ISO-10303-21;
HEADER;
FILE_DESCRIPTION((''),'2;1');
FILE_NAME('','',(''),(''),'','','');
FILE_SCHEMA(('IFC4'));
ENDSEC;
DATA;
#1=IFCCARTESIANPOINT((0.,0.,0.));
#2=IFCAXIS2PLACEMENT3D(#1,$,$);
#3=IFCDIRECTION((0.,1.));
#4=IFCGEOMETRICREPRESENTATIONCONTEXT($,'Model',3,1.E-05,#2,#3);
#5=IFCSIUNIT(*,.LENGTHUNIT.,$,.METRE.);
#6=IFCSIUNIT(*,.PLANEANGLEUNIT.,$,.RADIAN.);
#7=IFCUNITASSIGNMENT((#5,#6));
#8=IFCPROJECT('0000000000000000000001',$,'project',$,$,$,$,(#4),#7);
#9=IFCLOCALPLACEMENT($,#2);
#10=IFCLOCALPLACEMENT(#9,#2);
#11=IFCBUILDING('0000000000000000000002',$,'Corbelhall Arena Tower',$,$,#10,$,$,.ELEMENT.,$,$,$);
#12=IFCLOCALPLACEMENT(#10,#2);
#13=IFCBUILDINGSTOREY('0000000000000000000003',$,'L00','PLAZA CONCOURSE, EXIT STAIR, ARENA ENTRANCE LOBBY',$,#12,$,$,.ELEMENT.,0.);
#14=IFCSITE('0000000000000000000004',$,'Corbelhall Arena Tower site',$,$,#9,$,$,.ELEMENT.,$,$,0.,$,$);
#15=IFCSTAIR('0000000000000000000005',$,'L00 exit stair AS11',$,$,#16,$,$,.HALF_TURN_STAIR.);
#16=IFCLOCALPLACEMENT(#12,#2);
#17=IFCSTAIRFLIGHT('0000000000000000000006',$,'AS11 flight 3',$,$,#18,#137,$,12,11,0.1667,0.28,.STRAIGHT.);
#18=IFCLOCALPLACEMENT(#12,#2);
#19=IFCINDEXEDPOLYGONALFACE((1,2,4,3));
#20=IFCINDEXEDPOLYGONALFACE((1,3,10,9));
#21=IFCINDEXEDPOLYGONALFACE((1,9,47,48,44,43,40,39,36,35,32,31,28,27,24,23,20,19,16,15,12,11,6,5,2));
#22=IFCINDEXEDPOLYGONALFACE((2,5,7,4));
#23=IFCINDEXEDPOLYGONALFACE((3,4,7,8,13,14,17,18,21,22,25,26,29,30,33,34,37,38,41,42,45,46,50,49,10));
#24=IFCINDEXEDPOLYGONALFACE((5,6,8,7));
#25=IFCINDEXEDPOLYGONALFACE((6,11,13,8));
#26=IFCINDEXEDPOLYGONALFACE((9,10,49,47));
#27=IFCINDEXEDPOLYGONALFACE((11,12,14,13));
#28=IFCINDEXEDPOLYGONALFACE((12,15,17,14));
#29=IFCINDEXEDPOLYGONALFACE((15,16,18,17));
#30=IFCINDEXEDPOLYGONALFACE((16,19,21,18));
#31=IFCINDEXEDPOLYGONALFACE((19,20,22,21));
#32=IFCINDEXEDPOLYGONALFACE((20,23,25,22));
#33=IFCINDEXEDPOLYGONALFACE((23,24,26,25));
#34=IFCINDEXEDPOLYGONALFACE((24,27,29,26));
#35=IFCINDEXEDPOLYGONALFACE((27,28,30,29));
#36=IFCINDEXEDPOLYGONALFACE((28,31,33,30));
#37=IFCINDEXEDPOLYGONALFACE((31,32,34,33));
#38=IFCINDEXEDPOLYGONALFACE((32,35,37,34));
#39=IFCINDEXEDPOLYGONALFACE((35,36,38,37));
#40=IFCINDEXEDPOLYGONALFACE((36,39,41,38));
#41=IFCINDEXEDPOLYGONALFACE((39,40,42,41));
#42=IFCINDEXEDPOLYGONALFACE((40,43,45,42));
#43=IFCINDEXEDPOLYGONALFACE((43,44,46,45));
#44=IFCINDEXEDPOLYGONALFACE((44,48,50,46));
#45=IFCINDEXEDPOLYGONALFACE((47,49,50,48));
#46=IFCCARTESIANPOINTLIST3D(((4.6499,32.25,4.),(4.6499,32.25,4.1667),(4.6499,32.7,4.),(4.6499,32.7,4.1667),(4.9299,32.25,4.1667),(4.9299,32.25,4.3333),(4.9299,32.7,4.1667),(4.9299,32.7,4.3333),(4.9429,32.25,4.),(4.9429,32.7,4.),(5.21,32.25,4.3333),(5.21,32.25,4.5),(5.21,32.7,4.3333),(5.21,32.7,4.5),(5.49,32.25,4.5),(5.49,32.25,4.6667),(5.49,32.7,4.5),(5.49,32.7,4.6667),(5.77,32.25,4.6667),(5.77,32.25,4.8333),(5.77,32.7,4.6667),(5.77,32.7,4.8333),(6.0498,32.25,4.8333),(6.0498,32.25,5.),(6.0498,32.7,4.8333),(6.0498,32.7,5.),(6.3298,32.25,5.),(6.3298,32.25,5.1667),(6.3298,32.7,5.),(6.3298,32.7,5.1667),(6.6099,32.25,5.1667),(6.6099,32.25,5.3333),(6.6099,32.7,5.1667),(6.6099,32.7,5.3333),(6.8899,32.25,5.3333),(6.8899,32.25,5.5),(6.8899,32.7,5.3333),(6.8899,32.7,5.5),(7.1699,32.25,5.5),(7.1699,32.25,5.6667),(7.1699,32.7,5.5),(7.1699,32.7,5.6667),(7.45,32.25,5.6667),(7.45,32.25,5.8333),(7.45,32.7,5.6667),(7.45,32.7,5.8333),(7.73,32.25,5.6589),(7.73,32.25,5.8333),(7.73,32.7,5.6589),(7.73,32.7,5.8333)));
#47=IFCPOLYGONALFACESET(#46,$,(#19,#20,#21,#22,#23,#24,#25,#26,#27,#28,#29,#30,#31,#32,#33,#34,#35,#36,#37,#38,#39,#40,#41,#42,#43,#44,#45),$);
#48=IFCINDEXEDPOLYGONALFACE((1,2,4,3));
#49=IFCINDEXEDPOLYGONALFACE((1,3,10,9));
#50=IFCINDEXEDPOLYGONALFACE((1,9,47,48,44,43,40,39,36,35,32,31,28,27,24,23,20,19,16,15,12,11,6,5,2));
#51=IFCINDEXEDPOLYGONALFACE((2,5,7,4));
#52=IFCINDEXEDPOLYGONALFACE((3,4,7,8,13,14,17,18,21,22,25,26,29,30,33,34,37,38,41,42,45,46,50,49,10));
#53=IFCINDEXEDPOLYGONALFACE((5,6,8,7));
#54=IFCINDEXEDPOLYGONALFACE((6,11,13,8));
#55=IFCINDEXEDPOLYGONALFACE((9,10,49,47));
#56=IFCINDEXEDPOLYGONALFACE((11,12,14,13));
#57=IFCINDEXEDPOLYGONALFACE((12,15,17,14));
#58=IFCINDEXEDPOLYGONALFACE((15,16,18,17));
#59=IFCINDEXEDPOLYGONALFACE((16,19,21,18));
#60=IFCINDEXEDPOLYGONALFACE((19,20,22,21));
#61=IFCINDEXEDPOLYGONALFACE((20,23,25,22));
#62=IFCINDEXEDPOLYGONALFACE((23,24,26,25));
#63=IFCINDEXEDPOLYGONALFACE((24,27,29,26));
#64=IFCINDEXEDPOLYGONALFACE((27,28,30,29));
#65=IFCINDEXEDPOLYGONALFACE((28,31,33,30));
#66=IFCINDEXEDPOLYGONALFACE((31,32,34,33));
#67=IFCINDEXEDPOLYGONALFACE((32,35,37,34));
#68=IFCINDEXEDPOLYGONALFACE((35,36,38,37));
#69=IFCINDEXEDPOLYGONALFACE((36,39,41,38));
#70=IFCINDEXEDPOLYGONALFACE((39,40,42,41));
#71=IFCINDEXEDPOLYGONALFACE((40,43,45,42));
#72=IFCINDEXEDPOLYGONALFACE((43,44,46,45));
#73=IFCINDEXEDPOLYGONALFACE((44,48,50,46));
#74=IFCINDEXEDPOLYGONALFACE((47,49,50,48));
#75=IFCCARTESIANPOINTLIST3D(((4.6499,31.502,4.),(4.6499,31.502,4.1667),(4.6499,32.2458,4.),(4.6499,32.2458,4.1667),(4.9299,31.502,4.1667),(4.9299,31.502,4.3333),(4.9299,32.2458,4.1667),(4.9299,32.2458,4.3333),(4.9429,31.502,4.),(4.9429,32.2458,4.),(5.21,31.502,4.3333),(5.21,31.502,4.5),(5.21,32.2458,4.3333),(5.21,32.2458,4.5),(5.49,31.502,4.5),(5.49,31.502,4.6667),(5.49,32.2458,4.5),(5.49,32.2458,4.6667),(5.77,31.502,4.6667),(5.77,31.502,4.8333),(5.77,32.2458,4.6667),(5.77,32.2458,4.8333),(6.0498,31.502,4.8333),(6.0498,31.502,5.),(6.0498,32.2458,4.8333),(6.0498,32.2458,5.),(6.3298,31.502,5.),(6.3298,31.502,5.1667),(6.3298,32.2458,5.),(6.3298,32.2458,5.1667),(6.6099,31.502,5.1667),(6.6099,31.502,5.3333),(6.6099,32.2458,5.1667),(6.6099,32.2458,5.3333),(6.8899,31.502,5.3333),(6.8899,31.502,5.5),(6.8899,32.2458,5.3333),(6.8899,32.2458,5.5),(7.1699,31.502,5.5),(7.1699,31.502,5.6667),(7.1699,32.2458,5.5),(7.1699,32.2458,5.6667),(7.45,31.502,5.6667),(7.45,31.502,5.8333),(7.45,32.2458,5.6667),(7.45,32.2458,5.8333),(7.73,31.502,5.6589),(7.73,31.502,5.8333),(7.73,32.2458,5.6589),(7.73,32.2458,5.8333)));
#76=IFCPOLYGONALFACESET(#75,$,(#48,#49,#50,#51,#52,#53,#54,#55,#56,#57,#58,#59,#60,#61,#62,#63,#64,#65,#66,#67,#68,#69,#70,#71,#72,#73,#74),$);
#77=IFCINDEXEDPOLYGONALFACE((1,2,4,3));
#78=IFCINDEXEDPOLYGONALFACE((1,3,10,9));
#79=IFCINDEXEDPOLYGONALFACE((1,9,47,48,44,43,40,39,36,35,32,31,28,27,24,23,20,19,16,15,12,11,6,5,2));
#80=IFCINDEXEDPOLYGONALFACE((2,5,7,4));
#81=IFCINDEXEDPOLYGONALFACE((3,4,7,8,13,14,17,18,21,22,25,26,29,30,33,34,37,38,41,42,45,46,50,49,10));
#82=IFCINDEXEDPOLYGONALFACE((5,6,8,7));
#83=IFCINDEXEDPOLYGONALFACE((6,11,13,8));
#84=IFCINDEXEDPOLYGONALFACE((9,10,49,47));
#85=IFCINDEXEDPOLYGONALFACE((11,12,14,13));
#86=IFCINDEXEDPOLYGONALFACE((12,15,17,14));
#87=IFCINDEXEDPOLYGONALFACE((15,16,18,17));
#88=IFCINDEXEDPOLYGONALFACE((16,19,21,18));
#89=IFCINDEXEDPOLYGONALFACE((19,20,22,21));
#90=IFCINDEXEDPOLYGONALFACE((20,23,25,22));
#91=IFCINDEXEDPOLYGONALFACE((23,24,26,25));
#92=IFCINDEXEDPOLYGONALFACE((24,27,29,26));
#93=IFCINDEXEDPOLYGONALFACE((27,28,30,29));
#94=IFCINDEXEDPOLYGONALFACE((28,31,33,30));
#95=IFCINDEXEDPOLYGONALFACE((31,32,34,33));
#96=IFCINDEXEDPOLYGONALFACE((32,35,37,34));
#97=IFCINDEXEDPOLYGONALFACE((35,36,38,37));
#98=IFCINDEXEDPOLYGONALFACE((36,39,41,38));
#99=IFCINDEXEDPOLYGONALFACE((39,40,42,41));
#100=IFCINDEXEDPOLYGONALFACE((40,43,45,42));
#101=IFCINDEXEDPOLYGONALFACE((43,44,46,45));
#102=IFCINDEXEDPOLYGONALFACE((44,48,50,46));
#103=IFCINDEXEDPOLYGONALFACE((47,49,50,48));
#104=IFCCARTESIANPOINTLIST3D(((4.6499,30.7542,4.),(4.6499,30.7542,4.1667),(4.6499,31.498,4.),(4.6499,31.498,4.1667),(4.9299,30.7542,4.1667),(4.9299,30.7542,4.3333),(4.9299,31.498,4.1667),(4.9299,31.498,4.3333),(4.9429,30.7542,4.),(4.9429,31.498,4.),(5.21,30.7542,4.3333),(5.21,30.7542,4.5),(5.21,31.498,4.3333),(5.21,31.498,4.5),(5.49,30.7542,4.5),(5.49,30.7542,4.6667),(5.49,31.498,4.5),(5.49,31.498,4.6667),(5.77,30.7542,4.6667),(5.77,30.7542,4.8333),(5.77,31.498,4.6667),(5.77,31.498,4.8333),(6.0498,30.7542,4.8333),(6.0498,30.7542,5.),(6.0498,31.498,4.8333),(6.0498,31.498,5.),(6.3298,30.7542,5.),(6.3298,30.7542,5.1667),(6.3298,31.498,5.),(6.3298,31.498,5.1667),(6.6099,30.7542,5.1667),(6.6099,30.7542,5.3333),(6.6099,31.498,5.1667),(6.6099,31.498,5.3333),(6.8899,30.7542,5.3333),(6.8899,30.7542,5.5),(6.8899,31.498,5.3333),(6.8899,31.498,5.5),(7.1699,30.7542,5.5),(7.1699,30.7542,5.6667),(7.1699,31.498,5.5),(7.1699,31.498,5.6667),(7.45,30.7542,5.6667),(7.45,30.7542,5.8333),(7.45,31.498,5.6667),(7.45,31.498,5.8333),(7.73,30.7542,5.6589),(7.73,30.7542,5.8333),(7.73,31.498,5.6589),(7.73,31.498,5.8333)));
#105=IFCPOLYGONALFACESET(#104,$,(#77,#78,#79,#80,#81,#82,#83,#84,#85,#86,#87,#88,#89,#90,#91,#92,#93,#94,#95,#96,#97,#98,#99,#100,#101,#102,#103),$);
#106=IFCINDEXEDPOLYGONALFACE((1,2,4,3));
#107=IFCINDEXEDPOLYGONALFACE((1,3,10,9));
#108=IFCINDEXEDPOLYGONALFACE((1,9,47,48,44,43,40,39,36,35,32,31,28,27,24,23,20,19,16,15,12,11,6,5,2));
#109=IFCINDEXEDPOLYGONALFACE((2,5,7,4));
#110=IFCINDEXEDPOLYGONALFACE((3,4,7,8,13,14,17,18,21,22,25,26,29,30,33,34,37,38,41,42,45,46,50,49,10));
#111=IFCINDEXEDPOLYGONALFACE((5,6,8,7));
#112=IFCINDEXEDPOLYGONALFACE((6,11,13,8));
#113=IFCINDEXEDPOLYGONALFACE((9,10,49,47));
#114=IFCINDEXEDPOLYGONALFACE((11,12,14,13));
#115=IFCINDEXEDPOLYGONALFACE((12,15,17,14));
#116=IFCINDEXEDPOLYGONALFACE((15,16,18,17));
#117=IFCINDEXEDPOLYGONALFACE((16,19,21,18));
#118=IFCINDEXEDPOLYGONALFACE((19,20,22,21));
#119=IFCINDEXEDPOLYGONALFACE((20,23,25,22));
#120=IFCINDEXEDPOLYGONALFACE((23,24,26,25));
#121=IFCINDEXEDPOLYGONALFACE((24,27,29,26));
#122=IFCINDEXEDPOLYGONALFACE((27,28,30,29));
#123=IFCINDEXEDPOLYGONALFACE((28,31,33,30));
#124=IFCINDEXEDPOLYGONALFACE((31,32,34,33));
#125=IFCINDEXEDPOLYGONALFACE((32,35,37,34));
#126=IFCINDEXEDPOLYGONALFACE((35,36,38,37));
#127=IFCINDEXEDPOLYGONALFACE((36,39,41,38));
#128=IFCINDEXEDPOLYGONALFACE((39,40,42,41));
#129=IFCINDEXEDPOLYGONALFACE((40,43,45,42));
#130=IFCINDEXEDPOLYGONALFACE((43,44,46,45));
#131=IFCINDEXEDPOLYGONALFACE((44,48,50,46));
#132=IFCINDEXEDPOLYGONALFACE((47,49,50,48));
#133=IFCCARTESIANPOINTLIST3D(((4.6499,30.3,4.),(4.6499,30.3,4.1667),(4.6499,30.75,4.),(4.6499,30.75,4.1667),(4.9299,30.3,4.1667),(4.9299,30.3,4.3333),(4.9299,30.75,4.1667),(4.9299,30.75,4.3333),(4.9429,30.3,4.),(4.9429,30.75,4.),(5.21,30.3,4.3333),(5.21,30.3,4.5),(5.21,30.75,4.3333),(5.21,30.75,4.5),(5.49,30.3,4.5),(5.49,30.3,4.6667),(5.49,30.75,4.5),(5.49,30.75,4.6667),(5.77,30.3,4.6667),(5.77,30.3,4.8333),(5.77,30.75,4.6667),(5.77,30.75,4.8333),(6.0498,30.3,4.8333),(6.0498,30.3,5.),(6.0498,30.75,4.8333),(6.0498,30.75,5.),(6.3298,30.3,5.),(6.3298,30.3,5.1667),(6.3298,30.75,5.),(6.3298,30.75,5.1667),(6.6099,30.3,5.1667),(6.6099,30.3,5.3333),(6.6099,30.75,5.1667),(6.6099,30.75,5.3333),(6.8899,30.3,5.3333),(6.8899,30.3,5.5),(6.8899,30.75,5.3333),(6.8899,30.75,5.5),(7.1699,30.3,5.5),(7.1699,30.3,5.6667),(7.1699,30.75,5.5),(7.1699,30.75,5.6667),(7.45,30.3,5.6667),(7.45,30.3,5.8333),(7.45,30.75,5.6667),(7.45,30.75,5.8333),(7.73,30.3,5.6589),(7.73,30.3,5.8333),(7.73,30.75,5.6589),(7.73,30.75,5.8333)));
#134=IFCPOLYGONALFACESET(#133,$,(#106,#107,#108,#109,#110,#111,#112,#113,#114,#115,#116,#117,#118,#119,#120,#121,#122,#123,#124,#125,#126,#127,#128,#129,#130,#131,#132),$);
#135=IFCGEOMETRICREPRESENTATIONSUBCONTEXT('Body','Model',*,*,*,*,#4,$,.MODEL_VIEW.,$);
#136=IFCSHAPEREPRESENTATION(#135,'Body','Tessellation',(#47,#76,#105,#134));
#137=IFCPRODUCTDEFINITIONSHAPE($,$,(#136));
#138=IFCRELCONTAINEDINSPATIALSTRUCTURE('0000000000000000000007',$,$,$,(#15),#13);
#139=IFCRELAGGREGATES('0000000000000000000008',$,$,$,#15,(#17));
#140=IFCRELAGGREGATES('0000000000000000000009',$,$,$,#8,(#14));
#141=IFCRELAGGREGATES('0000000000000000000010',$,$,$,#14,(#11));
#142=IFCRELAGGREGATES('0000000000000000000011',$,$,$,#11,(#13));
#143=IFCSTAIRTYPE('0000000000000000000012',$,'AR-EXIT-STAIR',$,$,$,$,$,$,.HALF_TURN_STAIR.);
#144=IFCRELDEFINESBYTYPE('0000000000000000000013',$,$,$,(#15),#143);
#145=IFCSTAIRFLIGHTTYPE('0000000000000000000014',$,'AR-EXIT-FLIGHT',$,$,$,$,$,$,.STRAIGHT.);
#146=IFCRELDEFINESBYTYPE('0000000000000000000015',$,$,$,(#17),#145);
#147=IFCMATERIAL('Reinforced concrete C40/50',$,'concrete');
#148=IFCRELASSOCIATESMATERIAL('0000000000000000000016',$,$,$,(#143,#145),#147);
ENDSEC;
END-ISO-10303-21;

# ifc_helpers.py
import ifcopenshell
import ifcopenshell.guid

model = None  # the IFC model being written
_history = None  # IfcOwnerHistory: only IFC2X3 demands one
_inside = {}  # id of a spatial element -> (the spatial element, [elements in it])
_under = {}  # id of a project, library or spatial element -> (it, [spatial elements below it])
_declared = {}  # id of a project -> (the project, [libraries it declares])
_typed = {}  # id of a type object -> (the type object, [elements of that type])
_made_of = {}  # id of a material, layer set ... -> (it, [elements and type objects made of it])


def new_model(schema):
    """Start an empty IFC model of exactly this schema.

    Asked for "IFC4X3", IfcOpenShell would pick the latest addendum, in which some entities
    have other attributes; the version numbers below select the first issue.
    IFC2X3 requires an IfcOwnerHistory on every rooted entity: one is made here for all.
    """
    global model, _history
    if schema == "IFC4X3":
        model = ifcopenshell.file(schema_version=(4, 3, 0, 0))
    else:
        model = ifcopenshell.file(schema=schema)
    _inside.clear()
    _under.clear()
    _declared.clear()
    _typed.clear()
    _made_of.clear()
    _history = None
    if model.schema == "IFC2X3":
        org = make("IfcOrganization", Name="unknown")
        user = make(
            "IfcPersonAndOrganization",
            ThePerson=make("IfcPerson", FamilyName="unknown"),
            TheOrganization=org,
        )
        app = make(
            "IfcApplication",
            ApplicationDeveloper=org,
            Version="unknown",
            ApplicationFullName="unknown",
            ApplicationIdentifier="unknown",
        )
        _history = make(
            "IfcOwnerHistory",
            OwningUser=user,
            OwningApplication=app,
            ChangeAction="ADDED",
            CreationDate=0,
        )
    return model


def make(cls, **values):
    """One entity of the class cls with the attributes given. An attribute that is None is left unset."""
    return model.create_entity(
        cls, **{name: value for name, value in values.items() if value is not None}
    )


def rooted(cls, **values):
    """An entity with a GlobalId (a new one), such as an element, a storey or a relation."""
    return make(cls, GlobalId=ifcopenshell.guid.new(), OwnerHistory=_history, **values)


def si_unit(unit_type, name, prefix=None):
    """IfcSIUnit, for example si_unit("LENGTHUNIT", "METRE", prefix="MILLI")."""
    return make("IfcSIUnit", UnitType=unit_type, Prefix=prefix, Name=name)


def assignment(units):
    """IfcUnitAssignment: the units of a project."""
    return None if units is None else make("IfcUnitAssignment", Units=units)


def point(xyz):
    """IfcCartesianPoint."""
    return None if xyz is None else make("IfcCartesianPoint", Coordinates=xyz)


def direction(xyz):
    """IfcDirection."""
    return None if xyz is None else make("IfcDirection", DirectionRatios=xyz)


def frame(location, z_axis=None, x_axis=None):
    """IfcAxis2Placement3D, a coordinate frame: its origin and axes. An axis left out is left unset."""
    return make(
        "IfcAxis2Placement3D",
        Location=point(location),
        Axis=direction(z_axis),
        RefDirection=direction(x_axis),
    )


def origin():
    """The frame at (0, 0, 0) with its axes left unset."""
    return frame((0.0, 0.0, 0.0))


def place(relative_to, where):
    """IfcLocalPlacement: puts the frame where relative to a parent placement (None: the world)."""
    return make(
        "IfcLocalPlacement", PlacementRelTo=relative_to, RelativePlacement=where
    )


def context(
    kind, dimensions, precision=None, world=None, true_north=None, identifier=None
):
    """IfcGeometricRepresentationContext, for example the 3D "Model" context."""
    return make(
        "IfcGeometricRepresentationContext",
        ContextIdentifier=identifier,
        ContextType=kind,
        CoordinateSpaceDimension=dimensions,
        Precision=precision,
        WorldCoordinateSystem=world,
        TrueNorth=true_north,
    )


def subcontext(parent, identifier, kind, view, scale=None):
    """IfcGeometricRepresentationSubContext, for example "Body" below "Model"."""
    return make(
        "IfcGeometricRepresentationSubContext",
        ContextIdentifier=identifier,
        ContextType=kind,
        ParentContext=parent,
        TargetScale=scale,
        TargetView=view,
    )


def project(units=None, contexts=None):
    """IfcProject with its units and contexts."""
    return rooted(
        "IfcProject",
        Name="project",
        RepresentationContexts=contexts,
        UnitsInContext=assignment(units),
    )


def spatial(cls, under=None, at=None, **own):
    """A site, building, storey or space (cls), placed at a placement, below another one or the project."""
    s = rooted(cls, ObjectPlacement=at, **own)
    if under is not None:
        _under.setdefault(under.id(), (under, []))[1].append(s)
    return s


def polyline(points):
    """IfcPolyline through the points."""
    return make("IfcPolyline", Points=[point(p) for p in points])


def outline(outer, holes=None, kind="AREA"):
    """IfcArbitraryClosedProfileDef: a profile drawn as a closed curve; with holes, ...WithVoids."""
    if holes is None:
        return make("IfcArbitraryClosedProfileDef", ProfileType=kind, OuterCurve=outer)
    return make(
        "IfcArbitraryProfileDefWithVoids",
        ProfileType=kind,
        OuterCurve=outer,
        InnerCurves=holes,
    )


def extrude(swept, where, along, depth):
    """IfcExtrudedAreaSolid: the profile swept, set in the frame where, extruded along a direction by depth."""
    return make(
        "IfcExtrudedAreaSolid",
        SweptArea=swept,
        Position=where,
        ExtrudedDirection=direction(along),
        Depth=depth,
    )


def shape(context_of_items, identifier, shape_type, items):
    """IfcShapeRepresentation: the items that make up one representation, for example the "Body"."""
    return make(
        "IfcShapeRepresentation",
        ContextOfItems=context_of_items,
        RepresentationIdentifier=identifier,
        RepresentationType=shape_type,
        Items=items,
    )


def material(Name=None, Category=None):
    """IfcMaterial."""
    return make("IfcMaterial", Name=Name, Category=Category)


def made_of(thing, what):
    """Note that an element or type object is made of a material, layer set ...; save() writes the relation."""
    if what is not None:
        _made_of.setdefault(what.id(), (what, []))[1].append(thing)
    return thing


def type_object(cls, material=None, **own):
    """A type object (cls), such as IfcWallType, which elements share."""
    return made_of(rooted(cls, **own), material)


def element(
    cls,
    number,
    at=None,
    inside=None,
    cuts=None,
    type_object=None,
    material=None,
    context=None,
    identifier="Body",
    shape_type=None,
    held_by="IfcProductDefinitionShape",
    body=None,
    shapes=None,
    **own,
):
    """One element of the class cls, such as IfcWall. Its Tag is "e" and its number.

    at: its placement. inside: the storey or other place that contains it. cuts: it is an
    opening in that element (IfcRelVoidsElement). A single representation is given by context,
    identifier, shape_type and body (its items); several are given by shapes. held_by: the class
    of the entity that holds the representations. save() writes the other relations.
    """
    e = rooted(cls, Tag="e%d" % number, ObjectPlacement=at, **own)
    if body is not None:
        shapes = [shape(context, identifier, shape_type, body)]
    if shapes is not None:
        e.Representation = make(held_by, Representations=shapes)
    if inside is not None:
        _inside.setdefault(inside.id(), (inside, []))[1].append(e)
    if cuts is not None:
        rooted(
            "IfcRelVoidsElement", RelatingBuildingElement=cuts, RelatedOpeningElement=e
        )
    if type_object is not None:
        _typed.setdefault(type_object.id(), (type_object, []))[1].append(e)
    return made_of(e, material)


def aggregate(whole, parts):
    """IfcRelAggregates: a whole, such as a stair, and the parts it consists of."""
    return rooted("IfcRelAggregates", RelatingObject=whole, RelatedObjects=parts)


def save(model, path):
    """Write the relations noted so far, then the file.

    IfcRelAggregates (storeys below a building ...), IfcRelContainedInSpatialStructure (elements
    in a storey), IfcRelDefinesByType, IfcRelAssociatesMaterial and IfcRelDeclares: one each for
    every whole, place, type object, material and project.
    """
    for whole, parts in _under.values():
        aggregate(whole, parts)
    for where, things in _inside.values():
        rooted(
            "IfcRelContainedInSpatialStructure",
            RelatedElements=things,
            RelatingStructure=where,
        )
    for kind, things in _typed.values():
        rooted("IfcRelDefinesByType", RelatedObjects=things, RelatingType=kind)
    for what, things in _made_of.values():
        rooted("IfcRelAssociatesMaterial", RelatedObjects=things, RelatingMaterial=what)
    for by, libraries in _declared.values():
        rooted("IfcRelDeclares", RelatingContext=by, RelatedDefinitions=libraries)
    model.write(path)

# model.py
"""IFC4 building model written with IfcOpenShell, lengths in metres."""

from ifc_helpers import new_model, si_unit, direction, frame, origin, place, context, subcontext, project, spatial, polyline, outline, extrude, material, type_object, element, aggregate, save


model = new_model("IFC4")

# Units and contexts
model_context = context("Model", 3, precision=1e-05, world=origin(), true_north=direction((0.0, 1.0)))
body_context = subcontext(model_context, "Body", "Model", "MODEL_VIEW")
ifc_project = project(units=[si_unit("LENGTHUNIT", "METRE"), si_unit("PLANEANGLEUNIT", "RADIAN")], contexts=[model_context])

# Site, building, storey
site_placement = place(None, origin())
site = spatial("IfcSite", under=ifc_project, at=site_placement, Name="Corbelhall Arena Tower site", CompositionType="ELEMENT", RefElevation=0.0)
building_placement = place(site_placement, origin())
building = spatial("IfcBuilding", under=site, at=building_placement, Name="Corbelhall Arena Tower", CompositionType="ELEMENT")
storey_placement = place(building_placement, origin())
storey = spatial("IfcBuildingStorey", under=building, at=storey_placement, Name="L00", Description="PLAZA CONCOURSE, EXIT STAIR, ARENA ENTRANCE LOBBY", CompositionType="ELEMENT", Elevation=0.0)

# Shared definitions
ifc_material_1 = material(Name="Reinforced concrete C40/50", Category="concrete")

# Stair, stair flight
stair_type = type_object("IfcStairType", Name="AR-EXIT-STAIR", PredefinedType="HALF_TURN_STAIR", material=ifc_material_1)
stair_1_placement = place(storey_placement, origin())
stair_1 = element("IfcStair", 1, at=stair_1_placement, inside=storey, type_object=stair_type, Name="L00 exit stair AS11", PredefinedType="HALF_TURN_STAIR")
stair_flight_type = type_object("IfcStairFlightType", Name="AR-EXIT-FLIGHT", PredefinedType="STRAIGHT", material=ifc_material_1)
stair_flight_1_placement = place(storey_placement, frame((4.6499, 31.5, 4.0), z_axis=(0.0, 0.0, 1.0), x_axis=(1.0, 0.0, 0.0)))
stair_flight_1 = element("IfcStairFlight", 2, at=stair_flight_1_placement, type_object=stair_flight_type, Name="AS11 flight 3", NumberOfRisers=12, NumberOfTreads=11, PredefinedType="STRAIGHT", RiserHeight=0.1667, TreadLength=0.28, context=body_context, shape_type="SweptSolid", body=[
    extrude(outline(polyline([(0.0, 0.0), (0.0, 0.1667), (0.28, 0.1667), (0.28, 0.3333), (0.5601, 0.3333), (0.5601, 0.5), (0.8401, 0.5), (0.8401, 0.6667), (1.1201, 0.6667), (1.1201, 0.8333), (1.3999, 0.8333), (1.3999, 1.0), (1.6799, 1.0), (1.6799, 1.1667), (1.96, 1.1667), (1.96, 1.3333), (2.24, 1.3333), (2.24, 1.5), (2.52, 1.5), (2.52, 1.6667), (2.8, 1.6667), (2.8, 1.8333), (3.0801, 1.8333), (3.0801, 2.0), (3.0801, 1.6589), (0.293, 0.0), (0.0, 0.0)])), frame((0.0, 1.2, 0.0), z_axis=(0.0, -1.0, 0.0), x_axis=(1.0, 0.0, 0.0)), (0.0, 0.0, 1.0), 0.45),
    extrude(outline(polyline([(0.0, 0.0), (0.0, 0.1667), (0.28, 0.1667), (0.28, 0.3333), (0.5601, 0.3333), (0.5601, 0.5), (0.8401, 0.5), (0.8401, 0.6667), (1.1201, 0.6667), (1.1201, 0.8333), (1.3999, 0.8333), (1.3999, 1.0), (1.6799, 1.0), (1.6799, 1.1667), (1.96, 1.1667), (1.96, 1.3333), (2.24, 1.3333), (2.24, 1.5), (2.52, 1.5), (2.52, 1.6667), (2.8, 1.6667), (2.8, 1.8333), (3.0801, 1.8333), (3.0801, 2.0), (3.0801, 1.6589), (0.293, 0.0), (0.0, 0.0)])), frame((0.0, 0.7458, 0.0), z_axis=(0.0, -1.0, 0.0), x_axis=(1.0, 0.0, 0.0)), (0.0, 0.0, 1.0), 0.7439),
    extrude(outline(polyline([(0.0, 0.0), (0.0, 0.1667), (0.28, 0.1667), (0.28, 0.3333), (0.5601, 0.3333), (0.5601, 0.5), (0.8401, 0.5), (0.8401, 0.6667), (1.1201, 0.6667), (1.1201, 0.8333), (1.3999, 0.8333), (1.3999, 1.0), (1.6799, 1.0), (1.6799, 1.1667), (1.96, 1.1667), (1.96, 1.3333), (2.24, 1.3333), (2.24, 1.5), (2.52, 1.5), (2.52, 1.6667), (2.8, 1.6667), (2.8, 1.8333), (3.0801, 1.8333), (3.0801, 2.0), (3.0801, 1.6589), (0.293, 0.0), (0.0, 0.0)])), frame((0.0, -0.002, 0.0), z_axis=(0.0, -1.0, 0.0), x_axis=(1.0, 0.0, 0.0)), (0.0, 0.0, 1.0), 0.7439),
    extrude(outline(polyline([(0.0, 0.0), (0.0, 0.1667), (0.28, 0.1667), (0.28, 0.3333), (0.5601, 0.3333), (0.5601, 0.5), (0.8401, 0.5), (0.8401, 0.6667), (1.1201, 0.6667), (1.1201, 0.8333), (1.3999, 0.8333), (1.3999, 1.0), (1.6799, 1.0), (1.6799, 1.1667), (1.96, 1.1667), (1.96, 1.3333), (2.24, 1.3333), (2.24, 1.5), (2.52, 1.5), (2.52, 1.6667), (2.8, 1.6667), (2.8, 1.8333), (3.0801, 1.8333), (3.0801, 2.0), (3.0801, 1.6589), (0.293, 0.0), (0.0, 0.0)])), frame((0.0, -0.75, 0.0), z_axis=(0.0, -1.0, 0.0), x_axis=(1.0, 0.0, 0.0)), (0.0, 0.0, 1.0), 0.45),
])
aggregate(stair_1, [stair_flight_1])

save(model, "model.ifc")
